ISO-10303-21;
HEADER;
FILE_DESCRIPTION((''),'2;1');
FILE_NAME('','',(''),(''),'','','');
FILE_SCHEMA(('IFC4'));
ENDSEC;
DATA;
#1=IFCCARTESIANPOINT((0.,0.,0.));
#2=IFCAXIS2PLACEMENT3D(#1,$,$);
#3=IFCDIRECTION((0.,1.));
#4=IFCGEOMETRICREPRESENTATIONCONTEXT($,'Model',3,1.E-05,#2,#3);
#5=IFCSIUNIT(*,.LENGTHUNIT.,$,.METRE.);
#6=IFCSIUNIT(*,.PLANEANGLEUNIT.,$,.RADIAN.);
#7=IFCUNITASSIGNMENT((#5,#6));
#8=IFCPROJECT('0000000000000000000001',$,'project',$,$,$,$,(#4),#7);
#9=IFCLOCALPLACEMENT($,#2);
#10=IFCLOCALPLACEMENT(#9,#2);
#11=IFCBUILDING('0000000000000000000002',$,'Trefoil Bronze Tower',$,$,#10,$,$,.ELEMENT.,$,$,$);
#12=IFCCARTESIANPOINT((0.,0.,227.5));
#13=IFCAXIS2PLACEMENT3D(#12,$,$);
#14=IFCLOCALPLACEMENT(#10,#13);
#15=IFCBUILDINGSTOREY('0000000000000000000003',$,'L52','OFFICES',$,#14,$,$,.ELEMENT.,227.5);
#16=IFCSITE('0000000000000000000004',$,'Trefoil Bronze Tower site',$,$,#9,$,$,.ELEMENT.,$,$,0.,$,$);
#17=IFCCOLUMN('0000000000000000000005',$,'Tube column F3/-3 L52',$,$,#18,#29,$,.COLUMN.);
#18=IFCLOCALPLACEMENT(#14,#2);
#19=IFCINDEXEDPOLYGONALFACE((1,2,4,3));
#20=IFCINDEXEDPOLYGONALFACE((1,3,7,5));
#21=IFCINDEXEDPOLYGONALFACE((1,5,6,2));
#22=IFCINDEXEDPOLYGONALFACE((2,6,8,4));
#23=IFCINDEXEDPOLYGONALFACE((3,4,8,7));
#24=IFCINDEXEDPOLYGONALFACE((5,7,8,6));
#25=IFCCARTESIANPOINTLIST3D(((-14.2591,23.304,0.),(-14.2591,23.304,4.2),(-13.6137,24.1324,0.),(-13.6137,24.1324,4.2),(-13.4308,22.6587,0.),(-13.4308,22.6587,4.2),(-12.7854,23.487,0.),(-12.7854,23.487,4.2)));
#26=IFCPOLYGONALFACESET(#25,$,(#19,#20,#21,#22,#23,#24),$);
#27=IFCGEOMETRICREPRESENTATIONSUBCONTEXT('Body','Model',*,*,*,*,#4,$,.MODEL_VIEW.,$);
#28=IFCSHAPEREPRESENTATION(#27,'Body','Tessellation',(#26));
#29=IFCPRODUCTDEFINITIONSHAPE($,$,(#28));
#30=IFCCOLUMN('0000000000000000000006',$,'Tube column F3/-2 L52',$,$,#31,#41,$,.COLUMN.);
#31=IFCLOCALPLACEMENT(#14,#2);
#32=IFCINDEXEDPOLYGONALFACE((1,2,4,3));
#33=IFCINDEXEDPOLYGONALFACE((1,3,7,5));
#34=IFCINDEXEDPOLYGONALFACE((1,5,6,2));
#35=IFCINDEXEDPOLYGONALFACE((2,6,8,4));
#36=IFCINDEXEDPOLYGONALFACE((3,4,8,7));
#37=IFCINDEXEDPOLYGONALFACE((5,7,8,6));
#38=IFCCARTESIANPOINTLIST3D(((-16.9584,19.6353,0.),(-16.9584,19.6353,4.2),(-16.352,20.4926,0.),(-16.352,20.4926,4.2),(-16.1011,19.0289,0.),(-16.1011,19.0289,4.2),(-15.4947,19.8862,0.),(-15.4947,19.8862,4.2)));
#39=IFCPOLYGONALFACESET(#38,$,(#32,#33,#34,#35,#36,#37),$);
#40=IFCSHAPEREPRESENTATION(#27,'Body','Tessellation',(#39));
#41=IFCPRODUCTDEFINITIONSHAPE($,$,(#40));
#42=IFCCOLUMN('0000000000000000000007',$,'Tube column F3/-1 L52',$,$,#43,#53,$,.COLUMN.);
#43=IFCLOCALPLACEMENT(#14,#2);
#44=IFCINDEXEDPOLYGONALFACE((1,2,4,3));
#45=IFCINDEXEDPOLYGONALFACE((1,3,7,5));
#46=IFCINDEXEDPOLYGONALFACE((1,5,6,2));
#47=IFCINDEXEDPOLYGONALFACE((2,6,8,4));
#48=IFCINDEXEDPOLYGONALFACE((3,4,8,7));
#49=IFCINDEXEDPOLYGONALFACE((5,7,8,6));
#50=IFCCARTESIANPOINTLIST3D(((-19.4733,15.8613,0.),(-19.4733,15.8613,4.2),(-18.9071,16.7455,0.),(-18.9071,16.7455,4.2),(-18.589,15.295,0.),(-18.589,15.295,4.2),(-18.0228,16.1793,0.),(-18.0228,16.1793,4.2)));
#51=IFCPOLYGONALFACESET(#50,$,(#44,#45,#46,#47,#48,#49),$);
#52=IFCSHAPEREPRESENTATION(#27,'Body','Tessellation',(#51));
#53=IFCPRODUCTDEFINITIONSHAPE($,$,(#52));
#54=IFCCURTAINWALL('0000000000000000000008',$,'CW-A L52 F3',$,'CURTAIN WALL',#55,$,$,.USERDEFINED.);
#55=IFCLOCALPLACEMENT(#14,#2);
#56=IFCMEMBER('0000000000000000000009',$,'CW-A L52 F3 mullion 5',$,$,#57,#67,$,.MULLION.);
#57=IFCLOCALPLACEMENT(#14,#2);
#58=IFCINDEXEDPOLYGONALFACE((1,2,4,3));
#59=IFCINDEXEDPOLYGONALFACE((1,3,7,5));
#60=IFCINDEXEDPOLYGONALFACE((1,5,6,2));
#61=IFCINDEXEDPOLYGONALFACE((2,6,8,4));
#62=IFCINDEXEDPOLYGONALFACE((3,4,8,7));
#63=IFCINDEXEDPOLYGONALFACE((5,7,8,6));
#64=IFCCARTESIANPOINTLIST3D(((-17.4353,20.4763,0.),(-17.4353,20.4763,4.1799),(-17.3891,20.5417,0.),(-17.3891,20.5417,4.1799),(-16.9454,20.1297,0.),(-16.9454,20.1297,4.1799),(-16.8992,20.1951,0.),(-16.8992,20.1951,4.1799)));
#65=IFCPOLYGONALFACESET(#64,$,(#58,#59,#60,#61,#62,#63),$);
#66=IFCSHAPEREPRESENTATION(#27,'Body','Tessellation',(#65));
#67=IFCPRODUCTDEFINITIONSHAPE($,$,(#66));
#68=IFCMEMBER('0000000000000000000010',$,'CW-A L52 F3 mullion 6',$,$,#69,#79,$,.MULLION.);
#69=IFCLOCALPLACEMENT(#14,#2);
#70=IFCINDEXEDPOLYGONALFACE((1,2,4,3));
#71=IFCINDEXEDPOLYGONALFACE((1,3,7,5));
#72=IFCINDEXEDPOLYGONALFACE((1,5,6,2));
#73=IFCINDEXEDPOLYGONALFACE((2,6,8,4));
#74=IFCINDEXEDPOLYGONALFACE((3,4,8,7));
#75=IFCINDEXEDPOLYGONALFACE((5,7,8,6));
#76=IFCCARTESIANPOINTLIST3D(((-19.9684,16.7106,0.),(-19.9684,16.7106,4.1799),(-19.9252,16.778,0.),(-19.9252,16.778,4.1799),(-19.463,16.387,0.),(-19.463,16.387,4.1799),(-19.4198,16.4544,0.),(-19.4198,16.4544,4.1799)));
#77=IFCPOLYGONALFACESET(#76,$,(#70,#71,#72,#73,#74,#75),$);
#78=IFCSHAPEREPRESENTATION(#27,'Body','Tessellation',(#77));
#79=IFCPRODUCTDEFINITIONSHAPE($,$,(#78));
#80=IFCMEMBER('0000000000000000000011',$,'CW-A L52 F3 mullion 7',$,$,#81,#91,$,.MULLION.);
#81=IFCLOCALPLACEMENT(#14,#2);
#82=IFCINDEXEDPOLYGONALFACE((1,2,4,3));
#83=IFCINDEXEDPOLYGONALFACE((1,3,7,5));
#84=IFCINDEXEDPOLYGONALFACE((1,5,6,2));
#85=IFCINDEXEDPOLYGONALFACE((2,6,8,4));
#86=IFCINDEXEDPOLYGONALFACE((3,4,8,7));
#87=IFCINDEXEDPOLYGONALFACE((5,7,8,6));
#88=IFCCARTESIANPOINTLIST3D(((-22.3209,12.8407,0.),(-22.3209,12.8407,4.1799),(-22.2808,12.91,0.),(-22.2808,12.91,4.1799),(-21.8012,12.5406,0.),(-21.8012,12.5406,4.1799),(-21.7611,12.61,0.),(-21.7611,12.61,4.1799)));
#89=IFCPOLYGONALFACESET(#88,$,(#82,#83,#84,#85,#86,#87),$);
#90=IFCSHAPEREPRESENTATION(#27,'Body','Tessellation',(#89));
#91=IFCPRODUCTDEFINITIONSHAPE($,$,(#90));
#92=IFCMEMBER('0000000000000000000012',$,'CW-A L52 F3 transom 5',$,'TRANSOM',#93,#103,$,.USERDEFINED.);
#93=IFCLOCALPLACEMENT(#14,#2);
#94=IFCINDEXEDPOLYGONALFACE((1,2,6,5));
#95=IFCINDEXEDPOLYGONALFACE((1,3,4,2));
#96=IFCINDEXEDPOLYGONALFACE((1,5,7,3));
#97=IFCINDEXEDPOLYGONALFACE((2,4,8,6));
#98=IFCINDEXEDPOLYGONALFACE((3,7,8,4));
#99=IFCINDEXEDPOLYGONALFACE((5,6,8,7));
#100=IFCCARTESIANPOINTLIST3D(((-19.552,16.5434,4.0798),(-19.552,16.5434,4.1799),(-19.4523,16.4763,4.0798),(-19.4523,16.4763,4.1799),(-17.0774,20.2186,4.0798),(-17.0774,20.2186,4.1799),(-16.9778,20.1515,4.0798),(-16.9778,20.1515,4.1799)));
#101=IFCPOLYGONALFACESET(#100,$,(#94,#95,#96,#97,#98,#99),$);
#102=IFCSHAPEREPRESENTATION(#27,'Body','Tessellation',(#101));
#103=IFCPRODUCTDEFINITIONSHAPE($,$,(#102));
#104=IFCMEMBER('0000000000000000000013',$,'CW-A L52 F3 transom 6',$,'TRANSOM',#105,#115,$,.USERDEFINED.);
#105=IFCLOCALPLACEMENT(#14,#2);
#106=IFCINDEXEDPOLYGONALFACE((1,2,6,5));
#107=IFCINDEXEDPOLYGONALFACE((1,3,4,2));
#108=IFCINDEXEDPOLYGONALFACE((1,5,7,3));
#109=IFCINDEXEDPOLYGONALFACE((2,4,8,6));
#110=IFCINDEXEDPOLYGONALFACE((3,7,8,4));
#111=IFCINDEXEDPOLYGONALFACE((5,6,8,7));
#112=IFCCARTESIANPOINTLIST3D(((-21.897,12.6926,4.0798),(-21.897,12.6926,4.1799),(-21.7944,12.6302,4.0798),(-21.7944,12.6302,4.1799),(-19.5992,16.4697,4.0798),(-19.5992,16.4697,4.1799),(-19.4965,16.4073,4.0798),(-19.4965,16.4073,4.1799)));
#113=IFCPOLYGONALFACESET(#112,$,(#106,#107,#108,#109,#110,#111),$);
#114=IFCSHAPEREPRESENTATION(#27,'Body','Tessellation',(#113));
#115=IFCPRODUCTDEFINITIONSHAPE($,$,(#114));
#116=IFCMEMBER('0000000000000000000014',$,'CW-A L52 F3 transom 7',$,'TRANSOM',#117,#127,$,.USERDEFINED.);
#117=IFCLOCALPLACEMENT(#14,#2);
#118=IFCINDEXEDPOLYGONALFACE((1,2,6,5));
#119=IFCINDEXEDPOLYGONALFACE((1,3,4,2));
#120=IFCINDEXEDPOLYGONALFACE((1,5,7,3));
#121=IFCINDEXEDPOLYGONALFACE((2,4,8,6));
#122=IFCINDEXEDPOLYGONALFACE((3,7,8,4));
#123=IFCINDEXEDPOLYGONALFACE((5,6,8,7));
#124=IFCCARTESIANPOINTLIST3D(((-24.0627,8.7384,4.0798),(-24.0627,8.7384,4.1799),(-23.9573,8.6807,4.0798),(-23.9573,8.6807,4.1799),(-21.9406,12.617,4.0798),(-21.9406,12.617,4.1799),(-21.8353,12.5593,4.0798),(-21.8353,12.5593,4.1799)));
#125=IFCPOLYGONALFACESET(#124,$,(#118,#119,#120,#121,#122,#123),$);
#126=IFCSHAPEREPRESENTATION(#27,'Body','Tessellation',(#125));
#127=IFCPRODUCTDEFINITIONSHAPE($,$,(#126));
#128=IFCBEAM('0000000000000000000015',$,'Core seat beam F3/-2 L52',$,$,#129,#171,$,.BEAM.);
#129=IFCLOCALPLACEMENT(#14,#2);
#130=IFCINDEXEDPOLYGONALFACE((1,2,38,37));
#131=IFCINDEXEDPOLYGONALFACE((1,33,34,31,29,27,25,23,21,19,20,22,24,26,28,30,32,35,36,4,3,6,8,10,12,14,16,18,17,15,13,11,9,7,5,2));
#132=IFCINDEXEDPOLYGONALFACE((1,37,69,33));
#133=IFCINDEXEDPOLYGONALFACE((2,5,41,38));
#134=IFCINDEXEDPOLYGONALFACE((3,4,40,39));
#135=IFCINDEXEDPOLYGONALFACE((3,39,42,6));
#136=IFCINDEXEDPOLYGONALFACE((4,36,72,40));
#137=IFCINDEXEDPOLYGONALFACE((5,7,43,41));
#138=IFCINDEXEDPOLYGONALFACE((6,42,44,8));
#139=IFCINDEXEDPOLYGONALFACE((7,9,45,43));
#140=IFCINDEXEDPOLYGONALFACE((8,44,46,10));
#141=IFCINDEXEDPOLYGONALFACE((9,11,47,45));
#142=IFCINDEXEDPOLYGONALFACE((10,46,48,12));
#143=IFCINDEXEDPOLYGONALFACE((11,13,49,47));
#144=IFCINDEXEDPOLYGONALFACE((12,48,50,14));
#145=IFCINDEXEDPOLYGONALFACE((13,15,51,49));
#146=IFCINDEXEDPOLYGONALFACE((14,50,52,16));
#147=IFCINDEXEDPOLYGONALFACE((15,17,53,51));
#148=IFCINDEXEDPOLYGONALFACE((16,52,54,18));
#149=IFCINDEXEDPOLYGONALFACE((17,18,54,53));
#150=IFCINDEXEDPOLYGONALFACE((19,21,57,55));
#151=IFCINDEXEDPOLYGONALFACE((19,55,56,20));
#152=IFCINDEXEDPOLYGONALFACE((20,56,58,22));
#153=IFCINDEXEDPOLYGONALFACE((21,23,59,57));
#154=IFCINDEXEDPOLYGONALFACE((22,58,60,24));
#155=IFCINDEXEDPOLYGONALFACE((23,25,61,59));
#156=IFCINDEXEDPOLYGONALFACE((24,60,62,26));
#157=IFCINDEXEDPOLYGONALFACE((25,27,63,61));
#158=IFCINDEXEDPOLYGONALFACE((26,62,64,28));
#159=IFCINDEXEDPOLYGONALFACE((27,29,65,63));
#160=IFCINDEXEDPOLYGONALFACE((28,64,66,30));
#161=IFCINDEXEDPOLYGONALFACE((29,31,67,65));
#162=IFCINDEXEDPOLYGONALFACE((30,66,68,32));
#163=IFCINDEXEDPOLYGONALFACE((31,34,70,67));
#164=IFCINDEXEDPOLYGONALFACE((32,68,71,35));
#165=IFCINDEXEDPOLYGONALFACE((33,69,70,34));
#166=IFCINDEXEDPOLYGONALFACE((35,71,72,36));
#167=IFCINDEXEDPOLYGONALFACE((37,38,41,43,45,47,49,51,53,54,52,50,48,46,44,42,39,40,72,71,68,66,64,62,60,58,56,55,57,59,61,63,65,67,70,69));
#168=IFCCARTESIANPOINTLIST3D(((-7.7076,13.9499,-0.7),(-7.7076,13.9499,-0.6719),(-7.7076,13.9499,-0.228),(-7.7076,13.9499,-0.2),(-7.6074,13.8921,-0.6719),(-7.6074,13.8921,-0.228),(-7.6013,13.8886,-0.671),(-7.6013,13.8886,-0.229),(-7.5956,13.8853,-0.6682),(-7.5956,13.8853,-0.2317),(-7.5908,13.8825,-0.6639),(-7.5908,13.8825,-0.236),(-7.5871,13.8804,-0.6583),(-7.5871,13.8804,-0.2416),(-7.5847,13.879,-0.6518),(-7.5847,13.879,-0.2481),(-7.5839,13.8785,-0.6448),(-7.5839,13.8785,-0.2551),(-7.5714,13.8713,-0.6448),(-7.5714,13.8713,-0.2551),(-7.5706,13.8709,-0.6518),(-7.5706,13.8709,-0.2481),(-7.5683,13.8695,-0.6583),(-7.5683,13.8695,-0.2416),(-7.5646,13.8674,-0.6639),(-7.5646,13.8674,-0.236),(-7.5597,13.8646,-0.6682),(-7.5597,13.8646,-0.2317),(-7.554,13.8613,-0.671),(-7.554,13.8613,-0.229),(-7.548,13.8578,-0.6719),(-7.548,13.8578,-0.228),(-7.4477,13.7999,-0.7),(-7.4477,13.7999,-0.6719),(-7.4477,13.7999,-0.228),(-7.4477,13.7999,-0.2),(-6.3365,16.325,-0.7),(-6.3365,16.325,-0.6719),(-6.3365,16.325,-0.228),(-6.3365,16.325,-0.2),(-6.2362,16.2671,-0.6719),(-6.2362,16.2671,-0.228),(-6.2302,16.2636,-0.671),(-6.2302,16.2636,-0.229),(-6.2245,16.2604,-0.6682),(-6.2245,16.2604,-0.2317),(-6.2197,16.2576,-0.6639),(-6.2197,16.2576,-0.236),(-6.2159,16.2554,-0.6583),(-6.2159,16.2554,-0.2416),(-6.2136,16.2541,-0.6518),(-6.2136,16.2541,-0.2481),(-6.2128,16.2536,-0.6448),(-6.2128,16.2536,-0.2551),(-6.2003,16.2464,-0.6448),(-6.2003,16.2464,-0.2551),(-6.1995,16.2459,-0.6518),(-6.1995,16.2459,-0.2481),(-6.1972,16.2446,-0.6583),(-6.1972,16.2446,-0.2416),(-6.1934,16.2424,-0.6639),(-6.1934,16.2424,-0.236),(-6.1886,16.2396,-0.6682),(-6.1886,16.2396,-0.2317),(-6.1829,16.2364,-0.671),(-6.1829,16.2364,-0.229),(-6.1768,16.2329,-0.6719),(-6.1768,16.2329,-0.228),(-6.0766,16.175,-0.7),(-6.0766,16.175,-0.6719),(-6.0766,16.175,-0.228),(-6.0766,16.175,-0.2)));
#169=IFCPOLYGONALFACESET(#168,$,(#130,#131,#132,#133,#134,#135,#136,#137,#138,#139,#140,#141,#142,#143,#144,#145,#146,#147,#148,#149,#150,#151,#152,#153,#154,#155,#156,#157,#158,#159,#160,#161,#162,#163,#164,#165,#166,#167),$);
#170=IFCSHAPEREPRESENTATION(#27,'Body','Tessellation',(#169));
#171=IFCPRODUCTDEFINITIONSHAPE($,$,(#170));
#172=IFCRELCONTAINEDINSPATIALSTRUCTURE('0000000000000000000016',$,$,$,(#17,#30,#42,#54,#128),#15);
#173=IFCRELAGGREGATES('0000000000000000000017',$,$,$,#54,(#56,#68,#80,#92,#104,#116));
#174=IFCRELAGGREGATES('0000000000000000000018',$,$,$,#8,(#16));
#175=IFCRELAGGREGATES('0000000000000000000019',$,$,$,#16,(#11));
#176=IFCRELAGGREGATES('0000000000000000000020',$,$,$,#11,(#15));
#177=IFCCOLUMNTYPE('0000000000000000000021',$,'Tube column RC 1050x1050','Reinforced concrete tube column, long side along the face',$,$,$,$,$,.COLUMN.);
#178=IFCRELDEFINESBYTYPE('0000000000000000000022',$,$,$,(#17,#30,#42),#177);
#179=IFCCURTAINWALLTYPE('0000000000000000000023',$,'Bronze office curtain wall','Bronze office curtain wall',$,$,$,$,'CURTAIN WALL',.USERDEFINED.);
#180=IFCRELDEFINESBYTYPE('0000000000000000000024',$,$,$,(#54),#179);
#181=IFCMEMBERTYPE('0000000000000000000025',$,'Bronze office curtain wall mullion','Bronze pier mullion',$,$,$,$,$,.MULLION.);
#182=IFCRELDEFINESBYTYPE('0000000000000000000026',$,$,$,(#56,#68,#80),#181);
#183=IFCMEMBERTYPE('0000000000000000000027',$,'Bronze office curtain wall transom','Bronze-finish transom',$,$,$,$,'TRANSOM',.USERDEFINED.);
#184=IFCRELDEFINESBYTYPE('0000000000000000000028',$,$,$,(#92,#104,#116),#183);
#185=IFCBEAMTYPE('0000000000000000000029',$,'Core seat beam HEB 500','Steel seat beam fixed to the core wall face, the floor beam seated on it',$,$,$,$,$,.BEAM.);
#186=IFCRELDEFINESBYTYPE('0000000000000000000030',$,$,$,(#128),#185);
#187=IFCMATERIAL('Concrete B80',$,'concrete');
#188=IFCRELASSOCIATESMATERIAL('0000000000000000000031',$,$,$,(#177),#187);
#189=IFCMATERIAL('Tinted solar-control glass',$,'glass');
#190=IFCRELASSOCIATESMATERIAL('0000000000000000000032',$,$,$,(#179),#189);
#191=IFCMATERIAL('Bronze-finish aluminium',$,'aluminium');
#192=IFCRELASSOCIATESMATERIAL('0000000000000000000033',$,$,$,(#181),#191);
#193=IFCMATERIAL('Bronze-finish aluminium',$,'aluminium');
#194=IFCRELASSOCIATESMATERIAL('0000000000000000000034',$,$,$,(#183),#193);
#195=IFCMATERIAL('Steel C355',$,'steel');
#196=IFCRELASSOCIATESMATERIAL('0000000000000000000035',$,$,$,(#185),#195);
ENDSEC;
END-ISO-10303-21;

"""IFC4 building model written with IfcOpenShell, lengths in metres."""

from ifc_helpers import new_model, si_unit, direction, frame, origin, origin_2d, place, context, subcontext, project, spatial, rectangle, i_section, extrude, material, material_profile, profile_set, type_object, element, aggregate, save


model = new_model("IFC4")

# Units and contexts
model_context = context("Model", 3, precision=1e-05, world=origin(), true_north=direction((0.0, 1.0)))
body_context = subcontext(model_context, "Body", "Model", "MODEL_VIEW")
ifc_project = project(units=[si_unit("LENGTHUNIT", "METRE"), si_unit("PLANEANGLEUNIT", "RADIAN")], contexts=[model_context])

# Site, building, storey
site_placement = place(None, origin())
site = spatial("IfcSite", under=ifc_project, at=site_placement, Name="Trefoil Bronze Tower site", CompositionType="ELEMENT", RefElevation=0.0)
building_placement = place(site_placement, origin())
building = spatial("IfcBuilding", under=site, at=building_placement, Name="Trefoil Bronze Tower", CompositionType="ELEMENT")
storey_placement = place(building_placement, frame((0.0, 0.0, 227.5)))
storey = spatial("IfcBuildingStorey", under=building, at=storey_placement, Name="L52", Description="OFFICES", CompositionType="ELEMENT", Elevation=227.5)

# Columns
ifc_material_1 = material(Name="Concrete B80", Category="concrete")
ifc_material_profile_1 = material_profile(ifc_material_1, rectangle(XDim=1.05, YDim=1.05, at=origin_2d()), Name="RC 1050x1050")
ifc_profile_set_1 = profile_set([ifc_material_profile_1], Name="Concrete B80")
column_type = type_object("IfcColumnType", Name="Tube column RC 1050x1050", Description="Reinforced concrete tube column, long side along the face", PredefinedType="COLUMN", material=ifc_profile_set_1)
for number, where, z_axis, x_axis, name in (
    (1, (-13.5222, 23.3955, 0.0), (0.0, 0.0, 1.0), (-0.614622, -0.788821, 0.0), "Tube column F3/-3 L52"),
    (2, (-16.2266, 19.7607, 0.0), (0.0, 0.0, 1.0), (-0.577481, -0.816404, 0.0), "Tube column F3/-2 L52"),
    (3, (-18.748, 16.0203, 0.0), (0.0, 0.0, 1.0), (-0.53927, -0.842133, 0.0), "Tube column F3/-1 L52"),
):
    element("IfcColumn", number, at=place(storey_placement, frame(where, z_axis=z_axis, x_axis=x_axis)), inside=storey, type_object=column_type, Name=name, PredefinedType="COLUMN", context=body_context, shape_type="SweptSolid", body=[
        extrude(rectangle(XDim=1.05, YDim=1.05, at=origin_2d()), origin(), (0.0, 0.0, 1.0), 4.2),
    ])

# Curtain wall, members
ifc_material_2 = material(Name="Tinted solar-control glass", Category="glass")
curtain_wall_type = type_object("IfcCurtainWallType", Name="Bronze office curtain wall", Description="Bronze office curtain wall", ElementType="CURTAIN WALL", PredefinedType="USERDEFINED", material=ifc_material_2)
curtain_wall_placement = place(storey_placement, origin())
curtain_wall = element("IfcCurtainWall", 4, at=curtain_wall_placement, inside=storey, type_object=curtain_wall_type, Name="CW-A L52 F3", ObjectType="CURTAIN WALL", PredefinedType="USERDEFINED")
ifc_material_3 = material(Name="Bronze-finish aluminium", Category="aluminium")
ifc_material_profile_2 = material_profile(ifc_material_3, rectangle(XDim=0.6001, YDim=0.0801, at=origin_2d()), Name="CW-A mullion")
ifc_profile_set_2 = profile_set([ifc_material_profile_2], Name="Bronze-finish aluminium")
member_type_1 = type_object("IfcMemberType", Name="Bronze office curtain wall mullion", Description="Bronze pier mullion", PredefinedType="MULLION", material=ifc_profile_set_2)
member_1_placement = place(storey_placement, frame((-17.1672, 20.3357, 0.0), z_axis=(0.0, 0.0, 1.0), x_axis=(0.816404, -0.577481, 0.0)))
member_1 = element("IfcMember", 5, at=member_1_placement, type_object=member_type_1, Name="CW-A L52 F3 mullion 5", PredefinedType="MULLION", context=body_context, shape_type="SweptSolid", body=[
    extrude(rectangle(XDim=0.6001, YDim=0.0801, at=origin_2d()), origin(), (0.0, 0.0, 1.0), 4.1799),
])
member_2_placement = place(storey_placement, frame((-19.6941, 16.5825, 0.0), z_axis=(0.0, 0.0, 1.0), x_axis=(0.842133, -0.53927, 0.0)))
member_2 = element("IfcMember", 6, at=member_2_placement, type_object=member_type_1, Name="CW-A L52 F3 mullion 6", PredefinedType="MULLION", context=body_context, shape_type="SweptSolid", body=[
    extrude(rectangle(XDim=0.6001, YDim=0.0801, at=origin_2d()), origin(), (0.0, 0.0, 1.0), 4.1799),
])
member_3_placement = place(storey_placement, frame((-22.041, 12.7253, 0.0), z_axis=(0.0, 0.0, 1.0), x_axis=(0.866025, -0.5, 0.0)))
member_3 = element("IfcMember", 7, at=member_3_placement, type_object=member_type_1, Name="CW-A L52 F3 mullion 7", PredefinedType="MULLION", context=body_context, shape_type="SweptSolid", body=[
    extrude(rectangle(XDim=0.6001, YDim=0.0801, at=origin_2d()), origin(), (0.0, 0.0, 1.0), 4.1799),
])
ifc_material_4 = material(Name="Bronze-finish aluminium", Category="aluminium")
ifc_material_profile_3 = material_profile(ifc_material_4, rectangle(XDim=0.1201, YDim=0.1001, at=origin_2d()), Name="CW-A transom")
ifc_profile_set_3 = profile_set([ifc_material_profile_3], Name="Bronze-finish aluminium")
member_type_2 = type_object("IfcMemberType", Name="Bronze office curtain wall transom", Description="Bronze-finish transom", ElementType="TRANSOM", PredefinedType="USERDEFINED", material=ifc_profile_set_3)
member_4_placement = place(storey_placement, frame((-17.0276, 20.1851, 4.1299), z_axis=(-0.558509, -0.829498, 0.0), x_axis=(0.829498, -0.558509, 0.0)))
member_4 = element("IfcMember", 8, at=member_4_placement, type_object=member_type_2, Name="CW-A L52 F3 transom 5", ObjectType="TRANSOM", PredefinedType="USERDEFINED", context=body_context, shape_type="SweptSolid", body=[
    extrude(rectangle(XDim=0.1201, YDim=0.1001, at=origin_2d()), origin(), (0.0, 0.0, 1.0), 4.4307),
])
member_5_placement = place(storey_placement, frame((-19.5479, 16.4385, 4.1299), z_axis=(-0.51974, -0.854324, 0.0), x_axis=(0.854324, -0.51974, 0.0)))
member_5 = element("IfcMember", 9, at=member_5_placement, type_object=member_type_2, Name="CW-A L52 F3 transom 6", ObjectType="TRANSOM", PredefinedType="USERDEFINED", context=body_context, shape_type="SweptSolid", body=[
    extrude(rectangle(XDim=0.1201, YDim=0.1001, at=origin_2d()), origin(), (0.0, 0.0, 1.0), 4.4211),
])
member_6_placement = place(storey_placement, frame((-21.8879, 12.5881, 4.1299), z_axis=(-0.479974, -0.877283, 0.0), x_axis=(0.877283, -0.479974, 0.0)))
member_6 = element("IfcMember", 10, at=member_6_placement, type_object=member_type_2, Name="CW-A L52 F3 transom 7", ObjectType="TRANSOM", PredefinedType="USERDEFINED", context=body_context, shape_type="SweptSolid", body=[
    extrude(rectangle(XDim=0.1201, YDim=0.1001, at=origin_2d()), origin(), (0.0, 0.0, 1.0), 4.4211),
])

# Beam
ifc_material_5 = material(Name="Steel C355", Category="steel")
ifc_material_profile_4 = material_profile(ifc_material_5, i_section(OverallWidth=0.3, OverallDepth=0.5, WebThickness=0.0144, FlangeThickness=0.0281, FilletRadius=0.0271, at=origin_2d()), Name="HEB 500")
ifc_profile_set_4 = profile_set([ifc_material_profile_4], Name="Steel C355")
beam_type_1 = type_object("IfcBeamType", Name="Core seat beam HEB 500", Description="Steel seat beam fixed to the core wall face, the floor beam seated on it", PredefinedType="BEAM", material=ifc_profile_set_4)
beam_1_placement = place(storey_placement, frame((-6.2065, 16.25, -0.45), z_axis=(-0.499969, -0.866043, 0.0), x_axis=(0.866043, -0.499969, 0.0)))
element("IfcBeam", 11, at=beam_1_placement, inside=storey, type_object=beam_type_1, Name="Core seat beam F3/-2 L52", PredefinedType="BEAM", context=body_context, shape_type="SweptSolid", body=[
    extrude(i_section(OverallWidth=0.3, OverallDepth=0.5, WebThickness=0.0144, FlangeThickness=0.0281, FilletRadius=0.0271, at=origin_2d()), origin(), (0.0, 0.0, 1.0), 2.7424),
])

aggregate(curtain_wall, [member_1, member_2, member_3, member_4, member_5, member_6])

save(model, "model.ifc")
